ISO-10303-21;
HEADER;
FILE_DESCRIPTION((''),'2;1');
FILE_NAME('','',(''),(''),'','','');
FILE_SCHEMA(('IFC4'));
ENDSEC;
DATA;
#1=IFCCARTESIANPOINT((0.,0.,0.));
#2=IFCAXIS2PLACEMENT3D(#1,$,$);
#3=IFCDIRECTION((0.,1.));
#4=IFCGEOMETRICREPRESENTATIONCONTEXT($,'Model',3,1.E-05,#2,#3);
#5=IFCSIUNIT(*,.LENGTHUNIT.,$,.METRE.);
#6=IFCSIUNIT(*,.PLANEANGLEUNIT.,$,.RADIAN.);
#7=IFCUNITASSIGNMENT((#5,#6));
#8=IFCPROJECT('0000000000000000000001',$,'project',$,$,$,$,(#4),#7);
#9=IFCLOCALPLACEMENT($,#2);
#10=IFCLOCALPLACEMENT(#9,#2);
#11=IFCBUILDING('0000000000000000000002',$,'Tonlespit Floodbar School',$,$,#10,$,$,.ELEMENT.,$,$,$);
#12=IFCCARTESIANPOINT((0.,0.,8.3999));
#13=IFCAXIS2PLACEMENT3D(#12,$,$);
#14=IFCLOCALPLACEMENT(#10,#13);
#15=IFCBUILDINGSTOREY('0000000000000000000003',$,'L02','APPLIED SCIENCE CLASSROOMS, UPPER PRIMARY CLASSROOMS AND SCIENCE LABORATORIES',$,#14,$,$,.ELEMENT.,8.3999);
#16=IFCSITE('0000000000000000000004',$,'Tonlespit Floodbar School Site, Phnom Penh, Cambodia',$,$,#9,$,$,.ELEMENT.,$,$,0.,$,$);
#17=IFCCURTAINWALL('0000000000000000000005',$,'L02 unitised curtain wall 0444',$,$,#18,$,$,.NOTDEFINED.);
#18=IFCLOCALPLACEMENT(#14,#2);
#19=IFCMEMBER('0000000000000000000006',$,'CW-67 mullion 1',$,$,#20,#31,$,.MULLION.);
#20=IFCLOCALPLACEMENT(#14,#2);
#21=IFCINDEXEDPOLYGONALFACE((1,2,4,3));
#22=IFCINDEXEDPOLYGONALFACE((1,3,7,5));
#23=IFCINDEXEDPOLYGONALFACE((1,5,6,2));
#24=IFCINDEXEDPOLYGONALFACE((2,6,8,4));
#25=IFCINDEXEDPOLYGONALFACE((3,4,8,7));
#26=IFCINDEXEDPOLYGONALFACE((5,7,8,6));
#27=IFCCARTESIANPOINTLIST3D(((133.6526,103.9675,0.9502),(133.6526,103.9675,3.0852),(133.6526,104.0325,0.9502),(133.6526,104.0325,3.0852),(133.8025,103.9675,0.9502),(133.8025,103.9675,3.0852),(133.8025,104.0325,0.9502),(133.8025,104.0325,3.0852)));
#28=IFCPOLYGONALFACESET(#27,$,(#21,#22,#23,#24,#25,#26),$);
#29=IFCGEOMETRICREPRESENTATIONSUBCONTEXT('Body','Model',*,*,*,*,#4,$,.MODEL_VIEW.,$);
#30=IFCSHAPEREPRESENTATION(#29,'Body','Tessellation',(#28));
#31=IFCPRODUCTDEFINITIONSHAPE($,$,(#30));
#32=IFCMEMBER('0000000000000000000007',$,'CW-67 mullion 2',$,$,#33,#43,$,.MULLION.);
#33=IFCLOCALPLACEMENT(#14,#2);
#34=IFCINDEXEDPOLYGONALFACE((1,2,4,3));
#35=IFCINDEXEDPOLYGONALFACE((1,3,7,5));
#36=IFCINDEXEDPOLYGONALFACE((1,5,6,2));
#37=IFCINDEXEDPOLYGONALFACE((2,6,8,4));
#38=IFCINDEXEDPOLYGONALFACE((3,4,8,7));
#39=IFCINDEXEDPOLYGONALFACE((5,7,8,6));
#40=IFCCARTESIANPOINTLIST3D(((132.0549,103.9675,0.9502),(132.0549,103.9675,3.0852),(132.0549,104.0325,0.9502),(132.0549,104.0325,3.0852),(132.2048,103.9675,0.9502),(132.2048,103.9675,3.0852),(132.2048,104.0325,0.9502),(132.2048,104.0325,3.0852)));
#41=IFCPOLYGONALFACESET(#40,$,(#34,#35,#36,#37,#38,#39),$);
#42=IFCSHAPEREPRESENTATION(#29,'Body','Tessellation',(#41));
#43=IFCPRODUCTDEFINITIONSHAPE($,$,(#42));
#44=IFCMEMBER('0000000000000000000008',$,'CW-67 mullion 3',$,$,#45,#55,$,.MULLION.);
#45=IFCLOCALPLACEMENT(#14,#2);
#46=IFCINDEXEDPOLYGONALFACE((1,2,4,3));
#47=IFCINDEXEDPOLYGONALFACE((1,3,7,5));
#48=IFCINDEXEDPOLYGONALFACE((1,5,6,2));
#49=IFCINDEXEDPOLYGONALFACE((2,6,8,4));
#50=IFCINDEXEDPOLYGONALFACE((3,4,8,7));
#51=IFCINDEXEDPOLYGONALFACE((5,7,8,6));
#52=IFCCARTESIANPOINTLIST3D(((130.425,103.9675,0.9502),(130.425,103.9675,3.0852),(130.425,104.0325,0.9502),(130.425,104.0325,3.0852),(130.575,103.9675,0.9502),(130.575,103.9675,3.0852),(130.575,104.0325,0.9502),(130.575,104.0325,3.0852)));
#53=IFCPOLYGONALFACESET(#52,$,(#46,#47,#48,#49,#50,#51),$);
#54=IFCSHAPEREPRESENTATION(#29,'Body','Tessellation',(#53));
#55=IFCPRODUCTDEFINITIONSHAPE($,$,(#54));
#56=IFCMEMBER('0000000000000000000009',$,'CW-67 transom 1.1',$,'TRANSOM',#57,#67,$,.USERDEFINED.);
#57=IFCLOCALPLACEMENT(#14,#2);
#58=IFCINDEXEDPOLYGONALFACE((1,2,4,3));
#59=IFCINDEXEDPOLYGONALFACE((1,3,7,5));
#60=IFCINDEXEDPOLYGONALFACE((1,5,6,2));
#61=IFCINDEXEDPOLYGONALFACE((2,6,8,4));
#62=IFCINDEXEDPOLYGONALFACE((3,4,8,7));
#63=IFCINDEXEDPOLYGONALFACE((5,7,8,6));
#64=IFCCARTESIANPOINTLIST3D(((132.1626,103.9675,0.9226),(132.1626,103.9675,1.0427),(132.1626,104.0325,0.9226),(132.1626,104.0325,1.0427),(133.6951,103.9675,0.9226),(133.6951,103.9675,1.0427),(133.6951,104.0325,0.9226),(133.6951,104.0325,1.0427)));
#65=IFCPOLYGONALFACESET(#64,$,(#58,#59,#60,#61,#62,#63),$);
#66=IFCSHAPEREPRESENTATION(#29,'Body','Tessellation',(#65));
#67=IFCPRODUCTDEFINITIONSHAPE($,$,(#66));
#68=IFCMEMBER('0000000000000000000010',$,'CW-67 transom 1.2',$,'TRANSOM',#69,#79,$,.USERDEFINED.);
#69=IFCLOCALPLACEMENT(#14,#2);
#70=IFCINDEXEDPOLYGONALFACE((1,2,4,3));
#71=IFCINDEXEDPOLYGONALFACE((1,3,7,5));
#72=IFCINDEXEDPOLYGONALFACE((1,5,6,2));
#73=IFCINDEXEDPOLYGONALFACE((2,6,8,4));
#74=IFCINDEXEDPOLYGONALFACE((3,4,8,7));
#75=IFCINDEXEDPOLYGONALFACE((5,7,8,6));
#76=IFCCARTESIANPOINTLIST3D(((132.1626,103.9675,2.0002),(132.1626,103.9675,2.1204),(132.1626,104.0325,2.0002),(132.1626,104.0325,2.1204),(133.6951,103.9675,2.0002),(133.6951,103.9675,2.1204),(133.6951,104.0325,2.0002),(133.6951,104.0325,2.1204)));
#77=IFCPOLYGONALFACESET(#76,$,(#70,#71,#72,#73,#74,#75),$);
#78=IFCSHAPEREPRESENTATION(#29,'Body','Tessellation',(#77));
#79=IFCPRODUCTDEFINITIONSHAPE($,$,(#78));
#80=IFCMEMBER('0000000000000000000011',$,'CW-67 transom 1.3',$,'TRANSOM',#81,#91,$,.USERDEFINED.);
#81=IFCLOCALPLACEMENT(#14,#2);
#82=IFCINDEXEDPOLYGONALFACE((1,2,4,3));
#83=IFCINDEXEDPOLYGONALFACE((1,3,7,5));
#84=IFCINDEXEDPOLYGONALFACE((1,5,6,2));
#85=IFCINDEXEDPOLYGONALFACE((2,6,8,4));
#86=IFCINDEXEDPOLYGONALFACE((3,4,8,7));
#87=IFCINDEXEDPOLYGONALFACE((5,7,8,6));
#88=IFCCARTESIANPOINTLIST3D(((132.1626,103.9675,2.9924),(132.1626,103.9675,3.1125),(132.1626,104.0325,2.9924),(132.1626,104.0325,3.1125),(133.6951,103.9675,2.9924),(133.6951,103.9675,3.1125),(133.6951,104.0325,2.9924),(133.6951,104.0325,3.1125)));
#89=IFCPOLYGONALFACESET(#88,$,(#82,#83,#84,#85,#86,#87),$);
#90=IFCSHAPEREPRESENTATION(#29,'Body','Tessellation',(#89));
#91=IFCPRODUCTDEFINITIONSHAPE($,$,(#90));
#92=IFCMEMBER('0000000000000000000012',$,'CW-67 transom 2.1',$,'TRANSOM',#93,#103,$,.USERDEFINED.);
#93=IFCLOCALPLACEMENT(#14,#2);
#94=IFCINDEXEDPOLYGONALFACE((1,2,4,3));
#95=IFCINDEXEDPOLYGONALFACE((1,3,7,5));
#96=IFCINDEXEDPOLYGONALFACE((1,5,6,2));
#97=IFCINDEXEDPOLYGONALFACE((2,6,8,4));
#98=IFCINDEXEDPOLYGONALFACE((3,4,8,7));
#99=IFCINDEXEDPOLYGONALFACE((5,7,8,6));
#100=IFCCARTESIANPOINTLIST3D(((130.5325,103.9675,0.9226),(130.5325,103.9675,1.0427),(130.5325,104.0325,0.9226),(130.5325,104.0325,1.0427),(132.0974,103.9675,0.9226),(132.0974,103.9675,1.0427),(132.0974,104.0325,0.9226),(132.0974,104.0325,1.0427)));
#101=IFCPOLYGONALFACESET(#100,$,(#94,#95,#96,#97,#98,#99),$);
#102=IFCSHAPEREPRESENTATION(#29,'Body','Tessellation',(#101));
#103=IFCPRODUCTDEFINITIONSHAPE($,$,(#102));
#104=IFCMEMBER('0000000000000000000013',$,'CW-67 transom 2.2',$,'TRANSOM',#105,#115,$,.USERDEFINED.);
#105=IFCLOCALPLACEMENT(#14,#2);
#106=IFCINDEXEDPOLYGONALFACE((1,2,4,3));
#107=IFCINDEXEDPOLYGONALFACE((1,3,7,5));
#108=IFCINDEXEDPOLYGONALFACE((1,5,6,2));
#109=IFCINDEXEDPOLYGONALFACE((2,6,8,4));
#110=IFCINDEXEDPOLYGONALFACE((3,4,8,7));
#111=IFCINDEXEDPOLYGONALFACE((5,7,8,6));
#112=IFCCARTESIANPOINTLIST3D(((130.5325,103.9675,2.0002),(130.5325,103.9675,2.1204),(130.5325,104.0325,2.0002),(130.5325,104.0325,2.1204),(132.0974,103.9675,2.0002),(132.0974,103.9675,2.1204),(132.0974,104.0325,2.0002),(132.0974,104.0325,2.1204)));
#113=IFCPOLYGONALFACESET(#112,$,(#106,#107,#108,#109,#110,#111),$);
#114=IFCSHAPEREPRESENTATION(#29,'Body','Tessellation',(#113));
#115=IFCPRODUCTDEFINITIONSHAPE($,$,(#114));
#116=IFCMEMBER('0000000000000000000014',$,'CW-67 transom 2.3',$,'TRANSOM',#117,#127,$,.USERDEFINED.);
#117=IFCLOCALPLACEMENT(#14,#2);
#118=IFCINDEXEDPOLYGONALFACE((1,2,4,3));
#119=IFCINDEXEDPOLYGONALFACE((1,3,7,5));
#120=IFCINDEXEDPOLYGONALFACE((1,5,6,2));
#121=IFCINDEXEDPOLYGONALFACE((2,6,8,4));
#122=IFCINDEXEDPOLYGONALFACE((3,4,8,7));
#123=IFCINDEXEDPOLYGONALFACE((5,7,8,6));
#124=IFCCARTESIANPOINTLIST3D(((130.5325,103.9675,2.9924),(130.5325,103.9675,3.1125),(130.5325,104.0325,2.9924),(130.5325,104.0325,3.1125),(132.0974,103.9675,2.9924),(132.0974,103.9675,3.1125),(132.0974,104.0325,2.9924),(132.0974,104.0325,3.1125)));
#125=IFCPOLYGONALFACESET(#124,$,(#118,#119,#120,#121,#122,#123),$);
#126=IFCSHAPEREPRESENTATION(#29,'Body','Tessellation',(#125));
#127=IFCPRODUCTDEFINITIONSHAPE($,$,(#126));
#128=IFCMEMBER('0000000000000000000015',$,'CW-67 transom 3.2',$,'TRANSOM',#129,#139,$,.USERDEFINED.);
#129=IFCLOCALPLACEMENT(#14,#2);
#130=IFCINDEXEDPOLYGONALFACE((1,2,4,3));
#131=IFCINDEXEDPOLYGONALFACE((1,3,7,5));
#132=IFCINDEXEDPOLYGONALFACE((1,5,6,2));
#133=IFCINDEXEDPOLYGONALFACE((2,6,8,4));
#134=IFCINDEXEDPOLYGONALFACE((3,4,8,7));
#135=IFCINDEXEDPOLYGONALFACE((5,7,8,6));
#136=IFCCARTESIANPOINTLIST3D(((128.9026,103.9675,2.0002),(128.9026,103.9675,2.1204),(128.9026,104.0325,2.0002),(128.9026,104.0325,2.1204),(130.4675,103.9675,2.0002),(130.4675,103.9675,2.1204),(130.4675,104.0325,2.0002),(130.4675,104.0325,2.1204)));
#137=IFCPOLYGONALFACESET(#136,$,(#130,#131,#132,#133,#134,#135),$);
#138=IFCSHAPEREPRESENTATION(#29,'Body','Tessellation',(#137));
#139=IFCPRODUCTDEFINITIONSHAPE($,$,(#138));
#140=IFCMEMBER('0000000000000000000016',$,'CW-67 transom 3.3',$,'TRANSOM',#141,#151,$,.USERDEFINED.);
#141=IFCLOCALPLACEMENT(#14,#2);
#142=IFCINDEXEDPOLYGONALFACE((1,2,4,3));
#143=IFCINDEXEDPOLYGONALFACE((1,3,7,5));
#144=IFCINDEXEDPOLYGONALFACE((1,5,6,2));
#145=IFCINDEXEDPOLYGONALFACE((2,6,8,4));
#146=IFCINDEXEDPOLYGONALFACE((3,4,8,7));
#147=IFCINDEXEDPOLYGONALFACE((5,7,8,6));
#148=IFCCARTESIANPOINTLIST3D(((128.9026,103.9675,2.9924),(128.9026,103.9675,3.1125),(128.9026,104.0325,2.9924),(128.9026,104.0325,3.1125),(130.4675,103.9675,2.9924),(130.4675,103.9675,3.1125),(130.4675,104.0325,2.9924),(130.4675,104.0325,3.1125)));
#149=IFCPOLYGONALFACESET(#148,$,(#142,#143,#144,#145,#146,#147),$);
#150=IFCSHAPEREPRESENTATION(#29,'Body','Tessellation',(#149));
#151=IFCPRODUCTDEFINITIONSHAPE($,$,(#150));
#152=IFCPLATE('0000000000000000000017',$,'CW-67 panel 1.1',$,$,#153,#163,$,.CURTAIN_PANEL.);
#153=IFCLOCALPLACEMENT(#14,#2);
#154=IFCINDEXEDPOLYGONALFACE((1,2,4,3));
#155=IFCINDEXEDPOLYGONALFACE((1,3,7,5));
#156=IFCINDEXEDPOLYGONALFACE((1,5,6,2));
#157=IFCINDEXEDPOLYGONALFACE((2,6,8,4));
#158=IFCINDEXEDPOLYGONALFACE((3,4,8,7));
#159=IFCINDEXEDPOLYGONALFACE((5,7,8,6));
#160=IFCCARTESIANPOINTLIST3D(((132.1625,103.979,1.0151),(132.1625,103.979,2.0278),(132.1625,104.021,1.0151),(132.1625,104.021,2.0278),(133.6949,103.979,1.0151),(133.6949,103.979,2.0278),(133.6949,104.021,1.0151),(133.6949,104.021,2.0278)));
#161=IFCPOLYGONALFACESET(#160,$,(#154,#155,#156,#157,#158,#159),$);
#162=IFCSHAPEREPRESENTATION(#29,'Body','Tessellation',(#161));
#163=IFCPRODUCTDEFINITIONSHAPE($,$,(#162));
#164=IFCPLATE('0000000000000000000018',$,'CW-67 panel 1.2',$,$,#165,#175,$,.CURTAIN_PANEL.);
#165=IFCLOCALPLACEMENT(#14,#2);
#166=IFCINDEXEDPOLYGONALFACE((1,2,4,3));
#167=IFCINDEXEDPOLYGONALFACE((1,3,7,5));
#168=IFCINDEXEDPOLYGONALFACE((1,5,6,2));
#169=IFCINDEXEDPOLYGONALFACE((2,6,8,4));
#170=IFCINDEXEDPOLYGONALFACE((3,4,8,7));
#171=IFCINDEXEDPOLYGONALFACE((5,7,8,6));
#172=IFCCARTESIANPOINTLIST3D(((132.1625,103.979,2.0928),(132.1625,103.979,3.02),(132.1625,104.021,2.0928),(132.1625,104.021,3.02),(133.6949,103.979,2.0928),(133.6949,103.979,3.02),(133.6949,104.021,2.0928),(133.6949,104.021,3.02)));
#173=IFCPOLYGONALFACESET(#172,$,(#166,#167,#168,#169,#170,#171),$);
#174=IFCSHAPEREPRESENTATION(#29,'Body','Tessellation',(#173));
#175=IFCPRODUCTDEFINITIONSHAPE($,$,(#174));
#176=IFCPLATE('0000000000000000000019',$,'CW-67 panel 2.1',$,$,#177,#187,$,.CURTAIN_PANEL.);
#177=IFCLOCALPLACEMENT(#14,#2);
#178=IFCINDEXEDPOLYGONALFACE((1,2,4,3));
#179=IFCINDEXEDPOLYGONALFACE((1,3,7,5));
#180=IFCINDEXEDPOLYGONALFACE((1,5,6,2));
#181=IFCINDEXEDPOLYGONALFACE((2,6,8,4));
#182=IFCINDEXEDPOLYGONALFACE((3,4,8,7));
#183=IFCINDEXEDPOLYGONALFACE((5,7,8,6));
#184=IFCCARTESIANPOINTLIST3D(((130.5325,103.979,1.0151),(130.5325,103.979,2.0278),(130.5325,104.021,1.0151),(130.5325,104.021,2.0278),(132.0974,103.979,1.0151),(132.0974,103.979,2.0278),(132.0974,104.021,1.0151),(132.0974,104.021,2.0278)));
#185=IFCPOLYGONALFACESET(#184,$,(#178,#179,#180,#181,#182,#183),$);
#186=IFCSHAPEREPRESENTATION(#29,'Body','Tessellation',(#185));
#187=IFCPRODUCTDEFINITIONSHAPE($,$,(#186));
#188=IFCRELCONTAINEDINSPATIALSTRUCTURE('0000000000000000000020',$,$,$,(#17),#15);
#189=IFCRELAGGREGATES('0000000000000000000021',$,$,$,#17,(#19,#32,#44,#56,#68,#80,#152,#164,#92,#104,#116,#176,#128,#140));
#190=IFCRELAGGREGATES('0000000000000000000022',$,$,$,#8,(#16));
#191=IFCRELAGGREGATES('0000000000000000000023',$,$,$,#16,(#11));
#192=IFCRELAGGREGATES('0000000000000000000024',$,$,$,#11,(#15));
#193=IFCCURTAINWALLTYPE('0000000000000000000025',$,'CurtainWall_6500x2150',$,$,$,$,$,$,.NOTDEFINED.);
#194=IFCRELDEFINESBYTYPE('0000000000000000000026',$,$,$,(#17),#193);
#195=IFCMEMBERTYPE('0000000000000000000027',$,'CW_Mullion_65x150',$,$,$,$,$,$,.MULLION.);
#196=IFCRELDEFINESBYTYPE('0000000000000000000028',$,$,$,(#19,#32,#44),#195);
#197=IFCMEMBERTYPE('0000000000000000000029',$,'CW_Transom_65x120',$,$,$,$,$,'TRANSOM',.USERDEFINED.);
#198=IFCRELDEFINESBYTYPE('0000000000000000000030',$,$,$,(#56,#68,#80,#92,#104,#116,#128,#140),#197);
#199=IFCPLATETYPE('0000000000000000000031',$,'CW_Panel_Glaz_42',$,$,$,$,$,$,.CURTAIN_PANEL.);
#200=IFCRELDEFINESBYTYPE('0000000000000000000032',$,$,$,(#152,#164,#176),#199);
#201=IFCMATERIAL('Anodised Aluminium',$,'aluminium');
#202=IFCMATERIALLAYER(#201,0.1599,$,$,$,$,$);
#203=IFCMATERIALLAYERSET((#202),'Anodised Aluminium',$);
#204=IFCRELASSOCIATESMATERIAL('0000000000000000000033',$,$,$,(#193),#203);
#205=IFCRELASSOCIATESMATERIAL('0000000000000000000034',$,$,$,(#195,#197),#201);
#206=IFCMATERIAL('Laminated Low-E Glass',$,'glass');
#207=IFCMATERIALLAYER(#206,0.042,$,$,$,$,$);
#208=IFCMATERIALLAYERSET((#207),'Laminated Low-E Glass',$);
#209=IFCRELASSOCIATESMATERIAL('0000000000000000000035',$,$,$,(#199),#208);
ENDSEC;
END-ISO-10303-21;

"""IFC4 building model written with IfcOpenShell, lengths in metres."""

from ifc_helpers import new_model, si_unit, direction, frame, origin, origin_2d, place, context, subcontext, project, spatial, rectangle, extrude, material, layer, layer_set, material_profile, profile_set, type_object, element, aggregate, save


model = new_model("IFC4")

# Units and contexts
model_context = context("Model", 3, precision=1e-05, world=origin(), true_north=direction((0.0, 1.0)))
body_context = subcontext(model_context, "Body", "Model", "MODEL_VIEW")
ifc_project = project(units=[si_unit("LENGTHUNIT", "METRE"), si_unit("PLANEANGLEUNIT", "RADIAN")], contexts=[model_context])

# Site, building, storey
site_placement = place(None, origin())
site = spatial("IfcSite", under=ifc_project, at=site_placement, Name="Tonlespit Floodbar School Site, Phnom Penh, Cambodia", CompositionType="ELEMENT", RefElevation=0.0)
building_placement = place(site_placement, origin())
building = spatial("IfcBuilding", under=site, at=building_placement, Name="Tonlespit Floodbar School", CompositionType="ELEMENT")
storey_placement = place(building_placement, frame((0.0, 0.0, 8.3999)))
storey = spatial("IfcBuildingStorey", under=building, at=storey_placement, Name="L02", Description="APPLIED SCIENCE CLASSROOMS, UPPER PRIMARY CLASSROOMS AND SCIENCE LABORATORIES", CompositionType="ELEMENT", Elevation=8.3999)

# Curtain wall, members, plates
ifc_material_1 = material(Name="Anodised Aluminium", Category="aluminium")
ifc_layer_1 = layer(ifc_material_1, 0.1599)
ifc_layer_set_1 = layer_set([ifc_layer_1], Name="Anodised Aluminium")
curtain_wall_type = type_object("IfcCurtainWallType", Name="CurtainWall_6500x2150", PredefinedType="NOTDEFINED", material=ifc_layer_set_1)
curtain_wall_placement = place(storey_placement, origin())
curtain_wall = element("IfcCurtainWall", 1, at=curtain_wall_placement, inside=storey, type_object=curtain_wall_type, Name="L02 unitised curtain wall 0444", PredefinedType="NOTDEFINED")
ifc_material_profile_1 = material_profile(ifc_material_1, rectangle(XDim=0.0649, YDim=0.1499, at=origin_2d()), Name="ALU M65x150")
ifc_profile_set_1 = profile_set([ifc_material_profile_1], Name="Anodised Aluminium")
member_type_1 = type_object("IfcMemberType", Name="CW_Mullion_65x150", PredefinedType="MULLION", material=ifc_profile_set_1)
member_1_placement = place(storey_placement, frame((133.7275, 104.0, 0.9502), z_axis=(0.0, 0.0, 1.0), x_axis=(0.0, -1.0, 0.0)))
member_1 = element("IfcMember", 2, at=member_1_placement, type_object=member_type_1, Name="CW-67 mullion 1", PredefinedType="MULLION", context=body_context, shape_type="SweptSolid", body=[
    extrude(rectangle(XDim=0.0649, YDim=0.1499, at=origin_2d()), origin(), (0.0, 0.0, 1.0), 2.135),
])
member_2_placement = place(storey_placement, frame((132.1299, 104.0, 0.9502), z_axis=(0.0, 0.0, 1.0), x_axis=(0.0, -1.0, 0.0)))
member_2 = element("IfcMember", 3, at=member_2_placement, type_object=member_type_1, Name="CW-67 mullion 2", PredefinedType="MULLION", context=body_context, shape_type="SweptSolid", body=[
    extrude(rectangle(XDim=0.0649, YDim=0.1499, at=origin_2d()), origin(), (0.0, 0.0, 1.0), 2.135),
])
member_3_placement = place(storey_placement, frame((130.5, 104.0, 0.9502), z_axis=(0.0, 0.0, 1.0), x_axis=(0.0, -1.0, 0.0)))
member_3 = element("IfcMember", 4, at=member_3_placement, type_object=member_type_1, Name="CW-67 mullion 3", PredefinedType="MULLION", context=body_context, shape_type="SweptSolid", body=[
    extrude(rectangle(XDim=0.0649, YDim=0.1499, at=origin_2d()), origin(), (0.0, 0.0, 1.0), 2.135),
])
ifc_material_profile_2 = material_profile(ifc_material_1, rectangle(XDim=0.0649, YDim=0.1201, at=origin_2d()), Name="ALU T65x120")
ifc_profile_set_2 = profile_set([ifc_material_profile_2], Name="Anodised Aluminium")
member_type_2 = type_object("IfcMemberType", Name="CW_Transom_65x120", ElementType="TRANSOM", PredefinedType="USERDEFINED", material=ifc_profile_set_2)
member_4_placement = place(storey_placement, frame((133.6951, 104.0, 0.9827), z_axis=(-1.0, 0.0, 0.0), x_axis=(0.0, -1.0, 0.0)))
member_4 = element("IfcMember", 5, at=member_4_placement, type_object=member_type_2, Name="CW-67 transom 1.1", ObjectType="TRANSOM", PredefinedType="USERDEFINED", context=body_context, shape_type="SweptSolid", body=[
    extrude(rectangle(XDim=0.0649, YDim=0.1201, at=origin_2d()), origin(), (0.0, 0.0, 1.0), 1.5325),
])
member_5_placement = place(storey_placement, frame((133.6951, 104.0, 2.0603), z_axis=(-1.0, 0.0, 0.0), x_axis=(0.0, -1.0, 0.0)))
member_5 = element("IfcMember", 6, at=member_5_placement, type_object=member_type_2, Name="CW-67 transom 1.2", ObjectType="TRANSOM", PredefinedType="USERDEFINED", context=body_context, shape_type="SweptSolid", body=[
    extrude(rectangle(XDim=0.0649, YDim=0.1201, at=origin_2d()), origin(), (0.0, 0.0, 1.0), 1.5325),
])
member_6_placement = place(storey_placement, frame((133.6951, 104.0, 3.0525), z_axis=(-1.0, 0.0, 0.0), x_axis=(0.0, -1.0, 0.0)))
member_6 = element("IfcMember", 7, at=member_6_placement, type_object=member_type_2, Name="CW-67 transom 1.3", ObjectType="TRANSOM", PredefinedType="USERDEFINED", context=body_context, shape_type="SweptSolid", body=[
    extrude(rectangle(XDim=0.0649, YDim=0.1201, at=origin_2d()), origin(), (0.0, 0.0, 1.0), 1.5325),
])
member_7_placement = place(storey_placement, frame((132.0974, 104.0, 0.9827), z_axis=(-1.0, 0.0, 0.0), x_axis=(0.0, -1.0, 0.0)))
member_7 = element("IfcMember", 8, at=member_7_placement, type_object=member_type_2, Name="CW-67 transom 2.1", ObjectType="TRANSOM", PredefinedType="USERDEFINED", context=body_context, shape_type="SweptSolid", body=[
    extrude(rectangle(XDim=0.0649, YDim=0.1201, at=origin_2d()), origin(), (0.0, 0.0, 1.0), 1.5649),
])
member_8_placement = place(storey_placement, frame((132.0974, 104.0, 2.0603), z_axis=(-1.0, 0.0, 0.0), x_axis=(0.0, -1.0, 0.0)))
member_8 = element("IfcMember", 9, at=member_8_placement, type_object=member_type_2, Name="CW-67 transom 2.2", ObjectType="TRANSOM", PredefinedType="USERDEFINED", context=body_context, shape_type="SweptSolid", body=[
    extrude(rectangle(XDim=0.0649, YDim=0.1201, at=origin_2d()), origin(), (0.0, 0.0, 1.0), 1.5649),
])
member_9_placement = place(storey_placement, frame((132.0974, 104.0, 3.0525), z_axis=(-1.0, 0.0, 0.0), x_axis=(0.0, -1.0, 0.0)))
member_9 = element("IfcMember", 10, at=member_9_placement, type_object=member_type_2, Name="CW-67 transom 2.3", ObjectType="TRANSOM", PredefinedType="USERDEFINED", context=body_context, shape_type="SweptSolid", body=[
    extrude(rectangle(XDim=0.0649, YDim=0.1201, at=origin_2d()), origin(), (0.0, 0.0, 1.0), 1.5649),
])
member_10_placement = place(storey_placement, frame((130.4675, 104.0, 2.0603), z_axis=(-1.0, 0.0, 0.0), x_axis=(0.0, -1.0, 0.0)))
member_10 = element("IfcMember", 11, at=member_10_placement, type_object=member_type_2, Name="CW-67 transom 3.2", ObjectType="TRANSOM", PredefinedType="USERDEFINED", context=body_context, shape_type="SweptSolid", body=[
    extrude(rectangle(XDim=0.0649, YDim=0.1201, at=origin_2d()), origin(), (0.0, 0.0, 1.0), 1.5649),
])
member_11_placement = place(storey_placement, frame((130.4675, 104.0, 3.0525), z_axis=(-1.0, 0.0, 0.0), x_axis=(0.0, -1.0, 0.0)))
member_11 = element("IfcMember", 12, at=member_11_placement, type_object=member_type_2, Name="CW-67 transom 3.3", ObjectType="TRANSOM", PredefinedType="USERDEFINED", context=body_context, shape_type="SweptSolid", body=[
    extrude(rectangle(XDim=0.0649, YDim=0.1201, at=origin_2d()), origin(), (0.0, 0.0, 1.0), 1.5649),
])
ifc_material_2 = material(Name="Laminated Low-E Glass", Category="glass")
ifc_layer_2 = layer(ifc_material_2, 0.042)
ifc_layer_set_2 = layer_set([ifc_layer_2], Name="Laminated Low-E Glass")
plate_type = type_object("IfcPlateType", Name="CW_Panel_Glaz_42", PredefinedType="CURTAIN_PANEL", material=ifc_layer_set_2)
plate_1_placement = place(storey_placement, frame((132.9287, 104.0, 1.0151), z_axis=(0.0, 0.0, 1.0), x_axis=(-1.0, 0.0, 0.0)))
plate_1 = element("IfcPlate", 13, at=plate_1_placement, type_object=plate_type, Name="CW-67 panel 1.1", PredefinedType="CURTAIN_PANEL", context=body_context, shape_type="SweptSolid", body=[
    extrude(rectangle(XDim=1.5325, YDim=0.042, at=origin_2d()), origin(), (0.0, 0.0, 1.0), 1.0127),
])
plate_2_placement = place(storey_placement, frame((132.9287, 104.0, 2.0928), z_axis=(0.0, 0.0, 1.0), x_axis=(-1.0, 0.0, 0.0)))
plate_2 = element("IfcPlate", 14, at=plate_2_placement, type_object=plate_type, Name="CW-67 panel 1.2", PredefinedType="CURTAIN_PANEL", context=body_context, shape_type="SweptSolid", body=[
    extrude(rectangle(XDim=1.5325, YDim=0.042, at=origin_2d()), origin(), (0.0, 0.0, 1.0), 0.9272),
])
plate_3_placement = place(storey_placement, frame((131.3149, 104.0, 1.0151), z_axis=(0.0, 0.0, 1.0), x_axis=(-1.0, 0.0, 0.0)))
plate_3 = element("IfcPlate", 15, at=plate_3_placement, type_object=plate_type, Name="CW-67 panel 2.1", PredefinedType="CURTAIN_PANEL", context=body_context, shape_type="SweptSolid", body=[
    extrude(rectangle(XDim=1.5649, YDim=0.042, at=origin_2d()), origin(), (0.0, 0.0, 1.0), 1.0127),
])
aggregate(curtain_wall, [member_1, member_2, member_3, member_4, member_5, member_6, plate_1, plate_2, member_7, member_8, member_9, plate_3, member_10, member_11])

save(model, "model.ifc")
